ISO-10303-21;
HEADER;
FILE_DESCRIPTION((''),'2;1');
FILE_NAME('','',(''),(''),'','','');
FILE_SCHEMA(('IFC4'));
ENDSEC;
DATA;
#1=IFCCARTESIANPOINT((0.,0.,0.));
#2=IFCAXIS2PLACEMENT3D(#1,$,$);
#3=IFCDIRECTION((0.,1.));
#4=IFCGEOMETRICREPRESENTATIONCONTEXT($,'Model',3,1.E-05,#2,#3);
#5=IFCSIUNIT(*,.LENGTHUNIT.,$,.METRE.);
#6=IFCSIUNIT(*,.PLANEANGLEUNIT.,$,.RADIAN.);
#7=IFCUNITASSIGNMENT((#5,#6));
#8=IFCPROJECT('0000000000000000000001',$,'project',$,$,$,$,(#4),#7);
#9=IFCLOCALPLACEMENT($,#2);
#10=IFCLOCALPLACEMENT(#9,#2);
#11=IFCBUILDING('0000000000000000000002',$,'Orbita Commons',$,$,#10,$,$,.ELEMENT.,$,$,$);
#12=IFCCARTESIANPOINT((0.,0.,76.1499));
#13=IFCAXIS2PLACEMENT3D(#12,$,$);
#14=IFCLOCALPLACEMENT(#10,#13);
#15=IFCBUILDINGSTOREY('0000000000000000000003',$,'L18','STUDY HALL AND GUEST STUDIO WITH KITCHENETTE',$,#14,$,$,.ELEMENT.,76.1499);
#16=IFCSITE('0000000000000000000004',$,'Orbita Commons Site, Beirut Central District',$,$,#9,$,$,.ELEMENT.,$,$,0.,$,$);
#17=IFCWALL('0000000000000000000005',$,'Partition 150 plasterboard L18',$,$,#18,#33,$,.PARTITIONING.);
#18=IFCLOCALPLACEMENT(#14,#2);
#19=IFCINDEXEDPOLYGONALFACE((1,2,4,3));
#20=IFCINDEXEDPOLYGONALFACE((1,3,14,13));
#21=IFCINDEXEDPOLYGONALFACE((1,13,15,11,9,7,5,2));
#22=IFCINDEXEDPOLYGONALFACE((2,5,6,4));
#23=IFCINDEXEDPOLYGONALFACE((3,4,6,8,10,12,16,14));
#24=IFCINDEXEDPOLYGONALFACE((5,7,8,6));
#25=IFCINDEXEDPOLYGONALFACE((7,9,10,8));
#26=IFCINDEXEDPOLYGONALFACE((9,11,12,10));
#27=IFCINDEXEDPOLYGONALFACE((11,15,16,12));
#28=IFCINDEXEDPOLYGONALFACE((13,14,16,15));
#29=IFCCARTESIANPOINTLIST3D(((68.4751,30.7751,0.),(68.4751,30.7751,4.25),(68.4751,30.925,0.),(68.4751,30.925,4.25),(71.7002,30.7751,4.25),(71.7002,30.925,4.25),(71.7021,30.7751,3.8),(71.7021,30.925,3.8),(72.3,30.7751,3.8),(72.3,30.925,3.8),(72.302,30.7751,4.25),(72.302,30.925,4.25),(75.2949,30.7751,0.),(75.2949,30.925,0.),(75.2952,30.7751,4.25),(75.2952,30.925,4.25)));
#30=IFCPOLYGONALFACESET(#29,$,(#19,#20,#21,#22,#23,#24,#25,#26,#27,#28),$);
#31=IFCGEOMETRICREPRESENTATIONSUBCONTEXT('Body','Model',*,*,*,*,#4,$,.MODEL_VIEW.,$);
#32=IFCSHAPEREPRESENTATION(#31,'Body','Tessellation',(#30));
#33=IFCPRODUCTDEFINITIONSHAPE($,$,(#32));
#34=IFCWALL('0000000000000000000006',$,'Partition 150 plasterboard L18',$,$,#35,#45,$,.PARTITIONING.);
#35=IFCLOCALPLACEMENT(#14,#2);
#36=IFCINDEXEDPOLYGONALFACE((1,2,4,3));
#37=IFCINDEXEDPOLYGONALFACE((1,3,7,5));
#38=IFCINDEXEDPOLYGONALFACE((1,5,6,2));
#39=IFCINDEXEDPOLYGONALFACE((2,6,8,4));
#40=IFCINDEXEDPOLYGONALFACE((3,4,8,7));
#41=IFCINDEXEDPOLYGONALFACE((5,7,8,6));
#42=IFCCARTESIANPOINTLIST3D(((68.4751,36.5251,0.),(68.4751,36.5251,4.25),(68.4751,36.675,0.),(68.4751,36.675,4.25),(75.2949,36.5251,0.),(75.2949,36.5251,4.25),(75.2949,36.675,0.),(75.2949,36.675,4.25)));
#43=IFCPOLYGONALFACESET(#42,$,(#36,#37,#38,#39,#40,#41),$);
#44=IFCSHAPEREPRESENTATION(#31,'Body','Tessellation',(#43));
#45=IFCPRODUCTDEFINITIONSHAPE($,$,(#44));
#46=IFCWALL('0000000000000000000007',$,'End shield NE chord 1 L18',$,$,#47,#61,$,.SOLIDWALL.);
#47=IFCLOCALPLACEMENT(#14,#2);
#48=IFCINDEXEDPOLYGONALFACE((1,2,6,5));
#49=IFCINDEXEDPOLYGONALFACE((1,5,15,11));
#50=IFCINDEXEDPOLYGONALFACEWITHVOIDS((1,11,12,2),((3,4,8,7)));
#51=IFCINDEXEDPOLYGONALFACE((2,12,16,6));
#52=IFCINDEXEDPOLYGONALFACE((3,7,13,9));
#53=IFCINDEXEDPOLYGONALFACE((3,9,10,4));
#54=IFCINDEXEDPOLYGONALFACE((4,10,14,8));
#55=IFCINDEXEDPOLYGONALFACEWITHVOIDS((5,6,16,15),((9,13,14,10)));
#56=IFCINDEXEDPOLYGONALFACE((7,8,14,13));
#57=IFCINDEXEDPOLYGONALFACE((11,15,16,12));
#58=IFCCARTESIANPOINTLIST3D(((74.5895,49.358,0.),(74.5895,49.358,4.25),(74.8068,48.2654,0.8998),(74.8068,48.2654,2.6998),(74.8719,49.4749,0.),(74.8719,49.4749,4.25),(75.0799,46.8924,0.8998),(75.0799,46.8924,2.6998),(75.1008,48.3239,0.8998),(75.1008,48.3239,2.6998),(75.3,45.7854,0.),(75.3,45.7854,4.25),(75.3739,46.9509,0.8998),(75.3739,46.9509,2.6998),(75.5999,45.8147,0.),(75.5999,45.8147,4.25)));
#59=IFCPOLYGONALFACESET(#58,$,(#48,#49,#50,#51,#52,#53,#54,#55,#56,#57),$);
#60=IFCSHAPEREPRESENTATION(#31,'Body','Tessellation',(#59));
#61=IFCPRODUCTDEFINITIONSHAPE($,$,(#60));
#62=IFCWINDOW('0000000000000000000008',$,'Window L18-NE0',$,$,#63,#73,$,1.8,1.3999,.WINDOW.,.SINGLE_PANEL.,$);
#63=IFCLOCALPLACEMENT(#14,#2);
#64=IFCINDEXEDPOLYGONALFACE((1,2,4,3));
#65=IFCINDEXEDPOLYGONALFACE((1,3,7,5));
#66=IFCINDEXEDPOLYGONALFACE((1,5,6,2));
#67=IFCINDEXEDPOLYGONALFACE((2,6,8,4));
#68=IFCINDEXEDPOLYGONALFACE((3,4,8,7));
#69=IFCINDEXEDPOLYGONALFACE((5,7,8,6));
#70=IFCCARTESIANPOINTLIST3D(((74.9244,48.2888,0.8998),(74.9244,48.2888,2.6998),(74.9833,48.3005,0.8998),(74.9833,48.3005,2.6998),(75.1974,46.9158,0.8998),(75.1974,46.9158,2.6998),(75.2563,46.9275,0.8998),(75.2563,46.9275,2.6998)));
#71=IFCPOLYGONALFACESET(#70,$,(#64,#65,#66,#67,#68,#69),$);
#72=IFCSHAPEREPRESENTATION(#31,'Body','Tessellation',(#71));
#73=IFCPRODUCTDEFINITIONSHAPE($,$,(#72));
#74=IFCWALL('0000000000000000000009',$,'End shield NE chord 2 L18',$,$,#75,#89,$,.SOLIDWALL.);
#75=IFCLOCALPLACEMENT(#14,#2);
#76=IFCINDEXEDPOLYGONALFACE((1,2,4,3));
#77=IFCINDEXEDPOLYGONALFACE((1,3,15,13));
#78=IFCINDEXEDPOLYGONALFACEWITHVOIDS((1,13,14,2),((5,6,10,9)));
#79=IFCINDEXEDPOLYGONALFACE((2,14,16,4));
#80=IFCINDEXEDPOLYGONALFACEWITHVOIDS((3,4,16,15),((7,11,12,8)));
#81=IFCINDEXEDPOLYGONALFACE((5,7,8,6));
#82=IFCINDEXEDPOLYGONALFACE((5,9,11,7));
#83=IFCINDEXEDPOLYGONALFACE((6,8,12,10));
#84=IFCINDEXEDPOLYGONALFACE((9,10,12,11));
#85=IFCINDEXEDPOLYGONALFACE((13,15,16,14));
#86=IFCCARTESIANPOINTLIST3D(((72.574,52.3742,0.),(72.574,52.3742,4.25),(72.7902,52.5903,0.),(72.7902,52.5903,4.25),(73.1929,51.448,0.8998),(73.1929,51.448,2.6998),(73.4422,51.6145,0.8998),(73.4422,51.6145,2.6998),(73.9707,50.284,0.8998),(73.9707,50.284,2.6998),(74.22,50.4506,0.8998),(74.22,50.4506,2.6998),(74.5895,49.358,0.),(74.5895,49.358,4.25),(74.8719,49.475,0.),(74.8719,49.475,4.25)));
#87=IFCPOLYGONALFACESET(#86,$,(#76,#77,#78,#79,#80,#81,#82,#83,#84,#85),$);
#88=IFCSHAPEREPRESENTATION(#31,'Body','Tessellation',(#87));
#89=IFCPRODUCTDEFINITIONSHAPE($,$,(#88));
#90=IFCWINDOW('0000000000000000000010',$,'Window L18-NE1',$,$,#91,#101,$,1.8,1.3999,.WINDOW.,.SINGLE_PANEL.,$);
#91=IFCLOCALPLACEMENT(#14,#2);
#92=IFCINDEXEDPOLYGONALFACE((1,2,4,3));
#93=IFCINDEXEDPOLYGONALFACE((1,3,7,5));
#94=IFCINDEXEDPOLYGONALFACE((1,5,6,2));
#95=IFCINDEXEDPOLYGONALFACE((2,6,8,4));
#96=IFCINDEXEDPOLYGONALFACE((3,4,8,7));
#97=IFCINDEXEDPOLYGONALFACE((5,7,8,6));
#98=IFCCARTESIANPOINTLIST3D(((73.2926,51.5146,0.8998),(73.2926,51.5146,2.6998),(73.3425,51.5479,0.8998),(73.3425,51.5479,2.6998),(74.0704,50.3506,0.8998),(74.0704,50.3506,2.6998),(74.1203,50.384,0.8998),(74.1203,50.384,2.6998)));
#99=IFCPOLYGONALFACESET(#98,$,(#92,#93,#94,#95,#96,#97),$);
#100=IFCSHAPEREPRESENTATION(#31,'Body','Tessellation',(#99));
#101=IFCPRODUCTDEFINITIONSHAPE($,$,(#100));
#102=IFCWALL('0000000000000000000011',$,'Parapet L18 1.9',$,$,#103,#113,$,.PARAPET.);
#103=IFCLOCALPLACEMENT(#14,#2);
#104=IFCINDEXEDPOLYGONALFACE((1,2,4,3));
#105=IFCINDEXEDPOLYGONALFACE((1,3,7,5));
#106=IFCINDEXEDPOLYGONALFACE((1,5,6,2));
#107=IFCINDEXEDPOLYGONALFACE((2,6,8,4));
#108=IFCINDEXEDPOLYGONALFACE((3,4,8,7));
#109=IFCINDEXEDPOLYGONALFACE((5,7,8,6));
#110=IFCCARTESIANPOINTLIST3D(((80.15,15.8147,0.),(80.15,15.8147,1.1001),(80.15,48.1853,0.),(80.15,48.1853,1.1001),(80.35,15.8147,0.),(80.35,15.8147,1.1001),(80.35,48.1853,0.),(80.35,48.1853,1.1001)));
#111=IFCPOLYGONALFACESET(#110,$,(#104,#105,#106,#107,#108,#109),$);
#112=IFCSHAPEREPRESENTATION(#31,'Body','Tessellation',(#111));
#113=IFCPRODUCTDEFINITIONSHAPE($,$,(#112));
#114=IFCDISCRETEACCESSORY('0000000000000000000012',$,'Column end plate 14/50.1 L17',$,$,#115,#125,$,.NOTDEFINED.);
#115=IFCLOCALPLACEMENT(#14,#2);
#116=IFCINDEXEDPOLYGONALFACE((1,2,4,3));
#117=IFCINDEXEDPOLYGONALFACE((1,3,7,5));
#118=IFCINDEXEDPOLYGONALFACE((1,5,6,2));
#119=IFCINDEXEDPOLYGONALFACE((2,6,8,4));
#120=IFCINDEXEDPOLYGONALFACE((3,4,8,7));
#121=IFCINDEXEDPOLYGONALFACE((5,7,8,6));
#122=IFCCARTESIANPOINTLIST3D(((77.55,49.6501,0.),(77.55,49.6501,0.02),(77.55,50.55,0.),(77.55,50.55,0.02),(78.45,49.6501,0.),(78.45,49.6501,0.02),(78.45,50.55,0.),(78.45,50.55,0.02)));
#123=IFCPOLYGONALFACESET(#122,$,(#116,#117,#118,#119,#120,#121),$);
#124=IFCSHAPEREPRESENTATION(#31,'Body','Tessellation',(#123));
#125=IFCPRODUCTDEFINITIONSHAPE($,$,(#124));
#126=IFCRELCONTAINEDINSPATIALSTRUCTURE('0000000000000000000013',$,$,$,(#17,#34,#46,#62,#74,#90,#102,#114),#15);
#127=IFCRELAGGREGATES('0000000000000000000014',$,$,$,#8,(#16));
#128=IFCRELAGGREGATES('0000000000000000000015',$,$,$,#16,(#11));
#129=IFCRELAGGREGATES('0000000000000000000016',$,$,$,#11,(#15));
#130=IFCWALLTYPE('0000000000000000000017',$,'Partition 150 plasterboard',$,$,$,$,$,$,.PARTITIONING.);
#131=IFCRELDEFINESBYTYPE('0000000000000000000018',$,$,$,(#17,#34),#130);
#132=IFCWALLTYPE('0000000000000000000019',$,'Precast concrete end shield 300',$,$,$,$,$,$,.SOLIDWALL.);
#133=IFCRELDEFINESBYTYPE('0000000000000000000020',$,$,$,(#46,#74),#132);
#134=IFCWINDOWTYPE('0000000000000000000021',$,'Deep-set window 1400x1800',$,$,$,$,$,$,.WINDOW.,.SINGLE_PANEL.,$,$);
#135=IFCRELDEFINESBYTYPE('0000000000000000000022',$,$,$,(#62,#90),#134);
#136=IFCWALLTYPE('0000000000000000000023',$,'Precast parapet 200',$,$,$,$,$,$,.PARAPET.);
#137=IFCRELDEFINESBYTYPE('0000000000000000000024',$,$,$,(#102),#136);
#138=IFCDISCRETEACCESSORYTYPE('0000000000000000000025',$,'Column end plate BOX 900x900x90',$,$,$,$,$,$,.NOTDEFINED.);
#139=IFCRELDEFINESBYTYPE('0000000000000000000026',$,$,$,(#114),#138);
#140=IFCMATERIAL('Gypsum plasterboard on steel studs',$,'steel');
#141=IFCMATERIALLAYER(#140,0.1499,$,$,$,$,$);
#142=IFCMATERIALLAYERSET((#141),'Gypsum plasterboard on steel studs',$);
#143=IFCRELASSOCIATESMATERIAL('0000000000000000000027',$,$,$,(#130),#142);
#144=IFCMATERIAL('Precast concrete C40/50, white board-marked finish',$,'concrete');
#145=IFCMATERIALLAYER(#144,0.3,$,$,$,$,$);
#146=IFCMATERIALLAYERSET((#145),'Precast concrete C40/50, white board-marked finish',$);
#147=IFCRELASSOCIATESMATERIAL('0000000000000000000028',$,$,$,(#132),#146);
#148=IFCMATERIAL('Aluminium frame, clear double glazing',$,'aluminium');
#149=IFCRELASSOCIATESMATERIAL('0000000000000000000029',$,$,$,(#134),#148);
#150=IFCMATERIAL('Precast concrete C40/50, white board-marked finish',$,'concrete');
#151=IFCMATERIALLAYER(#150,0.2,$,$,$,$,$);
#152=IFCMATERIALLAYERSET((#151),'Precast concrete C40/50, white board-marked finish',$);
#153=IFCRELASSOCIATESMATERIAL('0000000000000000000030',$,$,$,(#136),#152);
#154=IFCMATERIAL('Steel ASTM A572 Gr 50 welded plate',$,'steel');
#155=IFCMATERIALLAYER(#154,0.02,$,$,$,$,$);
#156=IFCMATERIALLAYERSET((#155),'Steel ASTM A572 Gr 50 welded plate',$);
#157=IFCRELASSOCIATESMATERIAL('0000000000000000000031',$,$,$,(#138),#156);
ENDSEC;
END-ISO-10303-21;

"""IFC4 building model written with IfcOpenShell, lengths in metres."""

from ifc_helpers import new_model, si_unit, direction, frame, frame_2d, origin, origin_2d, place, context, subcontext, project, spatial, polyline, rectangle, outline, extrude, material, layer, layer_set, type_object, element, fill, save


model = new_model("IFC4")

# Units and contexts
model_context = context("Model", 3, precision=1e-05, world=origin(), true_north=direction((0.0, 1.0)))
body_context = subcontext(model_context, "Body", "Model", "MODEL_VIEW")
ifc_project = project(units=[si_unit("LENGTHUNIT", "METRE"), si_unit("PLANEANGLEUNIT", "RADIAN")], contexts=[model_context])

# Site, building, storey
site_placement = place(None, origin())
site = spatial("IfcSite", under=ifc_project, at=site_placement, Name="Orbita Commons Site, Beirut Central District", CompositionType="ELEMENT", RefElevation=0.0)
building_placement = place(site_placement, origin())
building = spatial("IfcBuilding", under=site, at=building_placement, Name="Orbita Commons", CompositionType="ELEMENT")
storey_placement = place(building_placement, frame((0.0, 0.0, 76.1499)))
storey = spatial("IfcBuildingStorey", under=building, at=storey_placement, Name="L18", Description="STUDY HALL AND GUEST STUDIO WITH KITCHENETTE", CompositionType="ELEMENT", Elevation=76.1499)

# Walls
ifc_material_1 = material(Name="Gypsum plasterboard on steel studs", Category="steel")
ifc_layer_1 = layer(ifc_material_1, 0.1499)
ifc_layer_set_1 = layer_set([ifc_layer_1], Name="Gypsum plasterboard on steel studs")
wall_type_1 = type_object("IfcWallType", Name="Partition 150 plasterboard", PredefinedType="PARTITIONING", material=ifc_layer_set_1)
wall_1_placement = place(storey_placement, frame((68.4751, 30.8501, 0.0), z_axis=(0.0, 0.0, 1.0), x_axis=(1.0, 0.0, 0.0)))
element("IfcWall", 1, at=wall_1_placement, inside=storey, type_object=wall_type_1, Name="Partition 150 plasterboard L18", PredefinedType="PARTITIONING", context=body_context, shape_type="SweptSolid", body=[
    extrude(outline(polyline([(0.0, 0.0), (6.8198, 0.0), (6.8201, 4.25), (3.8269, 4.25), (3.825, 3.8), (3.2271, 3.8), (3.2251, 4.25), (0.0, 4.25), (0.0, 0.0)])), frame((0.0, 0.075, 0.0), z_axis=(0.0, -1.0, 0.0), x_axis=(1.0, 0.0, 0.0)), (0.0, 0.0, 1.0), 0.1499),
])
wall_2_placement = place(storey_placement, frame((68.4751, 36.6001, 0.0), z_axis=(0.0, 0.0, 1.0), x_axis=(1.0, 0.0, 0.0)))
element("IfcWall", 2, at=wall_2_placement, inside=storey, type_object=wall_type_1, Name="Partition 150 plasterboard L18", PredefinedType="PARTITIONING", context=body_context, shape_type="SweptSolid", body=[
    extrude(rectangle(XDim=6.8198, YDim=0.1499, at=frame_2d((3.4099, 0.0))), origin(), (0.0, 0.0, 1.0), 4.25),
])

# Walls, openings, windows
ifc_material_2 = material(Name="Precast concrete C40/50, white board-marked finish", Category="concrete")
ifc_layer_2 = layer(ifc_material_2, 0.3)
ifc_layer_set_2 = layer_set([ifc_layer_2], Name="Precast concrete C40/50, white board-marked finish")
wall_type_2 = type_object("IfcWallType", Name="Precast concrete end shield 300", PredefinedType="SOLIDWALL", material=ifc_layer_set_2)
wall_3_placement = place(storey_placement, frame((75.45, 45.8, 0.0), z_axis=(0.0, 0.0, 1.0), x_axis=(-0.195059, 0.980791, 0.0)))
wall_3 = element("IfcWall", 3, at=wall_3_placement, inside=storey, type_object=wall_type_2, Name="End shield NE chord 1 L18", PredefinedType="SOLIDWALL", context=body_context, shape_type="SweptSolid", body=[
    extrude(outline(polyline([(-0.0149, -0.1499), (3.717, -0.1499), (3.6575, 0.1499), (0.0149, 0.1499), (-0.0149, -0.1499)])), origin(), (0.0, 0.0, 1.0), 4.25),
])
opening_1_placement = place(wall_3_placement, frame((1.1436, 0.0, 0.8999)))
opening_1 = element("IfcOpeningElement", 4, at=opening_1_placement, cuts=wall_3, PredefinedType="OPENING", context=body_context, shape_type="SweptSolid", body=[
    extrude(rectangle(XDim=1.3999, YDim=1.8, at=frame_2d((0.7, 0.8999))), frame((0.0, 0.1599, 0.0), z_axis=(0.0, -1.0, 0.0), x_axis=(1.0, 0.0, 0.0)), (0.0, 0.0, 1.0), 0.3201),
])
ifc_material_3 = material(Name="Aluminium frame, clear double glazing", Category="aluminium")
window_type = type_object("IfcWindowType", Name="Deep-set window 1400x1800", PartitioningType="SINGLE_PANEL", PredefinedType="WINDOW", material=ifc_material_3)
window_1_placement = place(opening_1_placement, origin())
window_1 = element("IfcWindow", 5, at=window_1_placement, inside=storey, type_object=window_type, Name="Window L18-NE0", OverallHeight=1.8, OverallWidth=1.3999, PartitioningType="SINGLE_PANEL", PredefinedType="WINDOW", context=body_context, shape_type="SweptSolid", body=[
    extrude(rectangle(XDim=1.3999, YDim=1.8, at=frame_2d((0.7, 0.8999))), frame((0.0, 0.03, 0.0), z_axis=(0.0, -1.0, 0.0), x_axis=(1.0, 0.0, 0.0)), (0.0, 0.0, 1.0), 0.0601),
])
fill(opening_1, window_1)
wall_4_placement = place(storey_placement, frame((74.7307, 49.4165, 0.0), z_axis=(0.0, 0.0, 1.0), x_axis=(-0.555601, 0.831449, 0.0)))
wall_4 = element("IfcWall", 6, at=wall_4_placement, inside=storey, type_object=wall_type_2, Name="End shield NE chord 2 L18", PredefinedType="SOLIDWALL", context=body_context, shape_type="SweptSolid", body=[
    extrude(outline(polyline([(-0.0298, -0.1499), (3.717, -0.1499), (3.6575, 0.1499), (0.0298, 0.1499), (-0.0298, -0.1499)])), origin(), (0.0, 0.0, 1.0), 4.25),
])
opening_2_placement = place(wall_4_placement, frame((1.1436, 0.0, 0.8999)))
opening_2 = element("IfcOpeningElement", 7, at=opening_2_placement, cuts=wall_4, PredefinedType="OPENING", context=body_context, shape_type="SweptSolid", body=[
    extrude(rectangle(XDim=1.3999, YDim=1.8, at=frame_2d((0.7, 0.8999))), frame((0.0, 0.1599, 0.0), z_axis=(0.0, -1.0, 0.0), x_axis=(1.0, 0.0, 0.0)), (0.0, 0.0, 1.0), 0.3201),
])
window_2_placement = place(opening_2_placement, origin())
window_2 = element("IfcWindow", 8, at=window_2_placement, inside=storey, type_object=window_type, Name="Window L18-NE1", OverallHeight=1.8, OverallWidth=1.3999, PartitioningType="SINGLE_PANEL", PredefinedType="WINDOW", context=body_context, shape_type="SweptSolid", body=[
    extrude(rectangle(XDim=1.3999, YDim=1.8, at=frame_2d((0.7, 0.8999))), frame((0.0, 0.03, 0.0), z_axis=(0.0, -1.0, 0.0), x_axis=(1.0, 0.0, 0.0)), (0.0, 0.0, 1.0), 0.0601),
])
fill(opening_2, window_2)

# Wall
ifc_material_4 = material(Name="Precast concrete C40/50, white board-marked finish", Category="concrete")
ifc_layer_3 = layer(ifc_material_4, 0.2)
ifc_layer_set_3 = layer_set([ifc_layer_3], Name="Precast concrete C40/50, white board-marked finish")
wall_type_3 = type_object("IfcWallType", Name="Precast parapet 200", PredefinedType="PARAPET", material=ifc_layer_set_3)
wall_5_placement = place(storey_placement, frame((80.25, 48.1853, 0.0), z_axis=(0.0, 0.0, 1.0), x_axis=(0.0, -1.0, 0.0)))
element("IfcWall", 9, at=wall_5_placement, inside=storey, type_object=wall_type_3, Name="Parapet L18 1.9", PredefinedType="PARAPET", context=body_context, shape_type="SweptSolid", body=[
    extrude(rectangle(XDim=32.3706, YDim=0.2, at=frame_2d((16.1853, 0.0))), origin(), (0.0, 0.0, 1.0), 1.1001),
])

# Discrete accessory
ifc_material_5 = material(Name="Steel ASTM A572 Gr 50 welded plate", Category="steel")
ifc_layer_4 = layer(ifc_material_5, 0.02)
ifc_layer_set_4 = layer_set([ifc_layer_4], Name="Steel ASTM A572 Gr 50 welded plate")
discrete_accessory_type = type_object("IfcDiscreteAccessoryType", Name="Column end plate BOX 900x900x90", PredefinedType="NOTDEFINED", material=ifc_layer_set_4)
discrete_accessory_placement = place(storey_placement, frame((78.0, 50.1001, 0.0), z_axis=(0.0, 0.0, 1.0), x_axis=(1.0, 0.0, 0.0)))
element("IfcDiscreteAccessory", 10, at=discrete_accessory_placement, inside=storey, type_object=discrete_accessory_type, Name="Column end plate 14/50.1 L17", PredefinedType="NOTDEFINED", context=body_context, shape_type="SweptSolid", body=[
    extrude(rectangle(XDim=0.8999, YDim=0.8999, at=origin_2d()), origin(), (0.0, 0.0, 1.0), 0.02),
])

save(model, "model.ifc")
